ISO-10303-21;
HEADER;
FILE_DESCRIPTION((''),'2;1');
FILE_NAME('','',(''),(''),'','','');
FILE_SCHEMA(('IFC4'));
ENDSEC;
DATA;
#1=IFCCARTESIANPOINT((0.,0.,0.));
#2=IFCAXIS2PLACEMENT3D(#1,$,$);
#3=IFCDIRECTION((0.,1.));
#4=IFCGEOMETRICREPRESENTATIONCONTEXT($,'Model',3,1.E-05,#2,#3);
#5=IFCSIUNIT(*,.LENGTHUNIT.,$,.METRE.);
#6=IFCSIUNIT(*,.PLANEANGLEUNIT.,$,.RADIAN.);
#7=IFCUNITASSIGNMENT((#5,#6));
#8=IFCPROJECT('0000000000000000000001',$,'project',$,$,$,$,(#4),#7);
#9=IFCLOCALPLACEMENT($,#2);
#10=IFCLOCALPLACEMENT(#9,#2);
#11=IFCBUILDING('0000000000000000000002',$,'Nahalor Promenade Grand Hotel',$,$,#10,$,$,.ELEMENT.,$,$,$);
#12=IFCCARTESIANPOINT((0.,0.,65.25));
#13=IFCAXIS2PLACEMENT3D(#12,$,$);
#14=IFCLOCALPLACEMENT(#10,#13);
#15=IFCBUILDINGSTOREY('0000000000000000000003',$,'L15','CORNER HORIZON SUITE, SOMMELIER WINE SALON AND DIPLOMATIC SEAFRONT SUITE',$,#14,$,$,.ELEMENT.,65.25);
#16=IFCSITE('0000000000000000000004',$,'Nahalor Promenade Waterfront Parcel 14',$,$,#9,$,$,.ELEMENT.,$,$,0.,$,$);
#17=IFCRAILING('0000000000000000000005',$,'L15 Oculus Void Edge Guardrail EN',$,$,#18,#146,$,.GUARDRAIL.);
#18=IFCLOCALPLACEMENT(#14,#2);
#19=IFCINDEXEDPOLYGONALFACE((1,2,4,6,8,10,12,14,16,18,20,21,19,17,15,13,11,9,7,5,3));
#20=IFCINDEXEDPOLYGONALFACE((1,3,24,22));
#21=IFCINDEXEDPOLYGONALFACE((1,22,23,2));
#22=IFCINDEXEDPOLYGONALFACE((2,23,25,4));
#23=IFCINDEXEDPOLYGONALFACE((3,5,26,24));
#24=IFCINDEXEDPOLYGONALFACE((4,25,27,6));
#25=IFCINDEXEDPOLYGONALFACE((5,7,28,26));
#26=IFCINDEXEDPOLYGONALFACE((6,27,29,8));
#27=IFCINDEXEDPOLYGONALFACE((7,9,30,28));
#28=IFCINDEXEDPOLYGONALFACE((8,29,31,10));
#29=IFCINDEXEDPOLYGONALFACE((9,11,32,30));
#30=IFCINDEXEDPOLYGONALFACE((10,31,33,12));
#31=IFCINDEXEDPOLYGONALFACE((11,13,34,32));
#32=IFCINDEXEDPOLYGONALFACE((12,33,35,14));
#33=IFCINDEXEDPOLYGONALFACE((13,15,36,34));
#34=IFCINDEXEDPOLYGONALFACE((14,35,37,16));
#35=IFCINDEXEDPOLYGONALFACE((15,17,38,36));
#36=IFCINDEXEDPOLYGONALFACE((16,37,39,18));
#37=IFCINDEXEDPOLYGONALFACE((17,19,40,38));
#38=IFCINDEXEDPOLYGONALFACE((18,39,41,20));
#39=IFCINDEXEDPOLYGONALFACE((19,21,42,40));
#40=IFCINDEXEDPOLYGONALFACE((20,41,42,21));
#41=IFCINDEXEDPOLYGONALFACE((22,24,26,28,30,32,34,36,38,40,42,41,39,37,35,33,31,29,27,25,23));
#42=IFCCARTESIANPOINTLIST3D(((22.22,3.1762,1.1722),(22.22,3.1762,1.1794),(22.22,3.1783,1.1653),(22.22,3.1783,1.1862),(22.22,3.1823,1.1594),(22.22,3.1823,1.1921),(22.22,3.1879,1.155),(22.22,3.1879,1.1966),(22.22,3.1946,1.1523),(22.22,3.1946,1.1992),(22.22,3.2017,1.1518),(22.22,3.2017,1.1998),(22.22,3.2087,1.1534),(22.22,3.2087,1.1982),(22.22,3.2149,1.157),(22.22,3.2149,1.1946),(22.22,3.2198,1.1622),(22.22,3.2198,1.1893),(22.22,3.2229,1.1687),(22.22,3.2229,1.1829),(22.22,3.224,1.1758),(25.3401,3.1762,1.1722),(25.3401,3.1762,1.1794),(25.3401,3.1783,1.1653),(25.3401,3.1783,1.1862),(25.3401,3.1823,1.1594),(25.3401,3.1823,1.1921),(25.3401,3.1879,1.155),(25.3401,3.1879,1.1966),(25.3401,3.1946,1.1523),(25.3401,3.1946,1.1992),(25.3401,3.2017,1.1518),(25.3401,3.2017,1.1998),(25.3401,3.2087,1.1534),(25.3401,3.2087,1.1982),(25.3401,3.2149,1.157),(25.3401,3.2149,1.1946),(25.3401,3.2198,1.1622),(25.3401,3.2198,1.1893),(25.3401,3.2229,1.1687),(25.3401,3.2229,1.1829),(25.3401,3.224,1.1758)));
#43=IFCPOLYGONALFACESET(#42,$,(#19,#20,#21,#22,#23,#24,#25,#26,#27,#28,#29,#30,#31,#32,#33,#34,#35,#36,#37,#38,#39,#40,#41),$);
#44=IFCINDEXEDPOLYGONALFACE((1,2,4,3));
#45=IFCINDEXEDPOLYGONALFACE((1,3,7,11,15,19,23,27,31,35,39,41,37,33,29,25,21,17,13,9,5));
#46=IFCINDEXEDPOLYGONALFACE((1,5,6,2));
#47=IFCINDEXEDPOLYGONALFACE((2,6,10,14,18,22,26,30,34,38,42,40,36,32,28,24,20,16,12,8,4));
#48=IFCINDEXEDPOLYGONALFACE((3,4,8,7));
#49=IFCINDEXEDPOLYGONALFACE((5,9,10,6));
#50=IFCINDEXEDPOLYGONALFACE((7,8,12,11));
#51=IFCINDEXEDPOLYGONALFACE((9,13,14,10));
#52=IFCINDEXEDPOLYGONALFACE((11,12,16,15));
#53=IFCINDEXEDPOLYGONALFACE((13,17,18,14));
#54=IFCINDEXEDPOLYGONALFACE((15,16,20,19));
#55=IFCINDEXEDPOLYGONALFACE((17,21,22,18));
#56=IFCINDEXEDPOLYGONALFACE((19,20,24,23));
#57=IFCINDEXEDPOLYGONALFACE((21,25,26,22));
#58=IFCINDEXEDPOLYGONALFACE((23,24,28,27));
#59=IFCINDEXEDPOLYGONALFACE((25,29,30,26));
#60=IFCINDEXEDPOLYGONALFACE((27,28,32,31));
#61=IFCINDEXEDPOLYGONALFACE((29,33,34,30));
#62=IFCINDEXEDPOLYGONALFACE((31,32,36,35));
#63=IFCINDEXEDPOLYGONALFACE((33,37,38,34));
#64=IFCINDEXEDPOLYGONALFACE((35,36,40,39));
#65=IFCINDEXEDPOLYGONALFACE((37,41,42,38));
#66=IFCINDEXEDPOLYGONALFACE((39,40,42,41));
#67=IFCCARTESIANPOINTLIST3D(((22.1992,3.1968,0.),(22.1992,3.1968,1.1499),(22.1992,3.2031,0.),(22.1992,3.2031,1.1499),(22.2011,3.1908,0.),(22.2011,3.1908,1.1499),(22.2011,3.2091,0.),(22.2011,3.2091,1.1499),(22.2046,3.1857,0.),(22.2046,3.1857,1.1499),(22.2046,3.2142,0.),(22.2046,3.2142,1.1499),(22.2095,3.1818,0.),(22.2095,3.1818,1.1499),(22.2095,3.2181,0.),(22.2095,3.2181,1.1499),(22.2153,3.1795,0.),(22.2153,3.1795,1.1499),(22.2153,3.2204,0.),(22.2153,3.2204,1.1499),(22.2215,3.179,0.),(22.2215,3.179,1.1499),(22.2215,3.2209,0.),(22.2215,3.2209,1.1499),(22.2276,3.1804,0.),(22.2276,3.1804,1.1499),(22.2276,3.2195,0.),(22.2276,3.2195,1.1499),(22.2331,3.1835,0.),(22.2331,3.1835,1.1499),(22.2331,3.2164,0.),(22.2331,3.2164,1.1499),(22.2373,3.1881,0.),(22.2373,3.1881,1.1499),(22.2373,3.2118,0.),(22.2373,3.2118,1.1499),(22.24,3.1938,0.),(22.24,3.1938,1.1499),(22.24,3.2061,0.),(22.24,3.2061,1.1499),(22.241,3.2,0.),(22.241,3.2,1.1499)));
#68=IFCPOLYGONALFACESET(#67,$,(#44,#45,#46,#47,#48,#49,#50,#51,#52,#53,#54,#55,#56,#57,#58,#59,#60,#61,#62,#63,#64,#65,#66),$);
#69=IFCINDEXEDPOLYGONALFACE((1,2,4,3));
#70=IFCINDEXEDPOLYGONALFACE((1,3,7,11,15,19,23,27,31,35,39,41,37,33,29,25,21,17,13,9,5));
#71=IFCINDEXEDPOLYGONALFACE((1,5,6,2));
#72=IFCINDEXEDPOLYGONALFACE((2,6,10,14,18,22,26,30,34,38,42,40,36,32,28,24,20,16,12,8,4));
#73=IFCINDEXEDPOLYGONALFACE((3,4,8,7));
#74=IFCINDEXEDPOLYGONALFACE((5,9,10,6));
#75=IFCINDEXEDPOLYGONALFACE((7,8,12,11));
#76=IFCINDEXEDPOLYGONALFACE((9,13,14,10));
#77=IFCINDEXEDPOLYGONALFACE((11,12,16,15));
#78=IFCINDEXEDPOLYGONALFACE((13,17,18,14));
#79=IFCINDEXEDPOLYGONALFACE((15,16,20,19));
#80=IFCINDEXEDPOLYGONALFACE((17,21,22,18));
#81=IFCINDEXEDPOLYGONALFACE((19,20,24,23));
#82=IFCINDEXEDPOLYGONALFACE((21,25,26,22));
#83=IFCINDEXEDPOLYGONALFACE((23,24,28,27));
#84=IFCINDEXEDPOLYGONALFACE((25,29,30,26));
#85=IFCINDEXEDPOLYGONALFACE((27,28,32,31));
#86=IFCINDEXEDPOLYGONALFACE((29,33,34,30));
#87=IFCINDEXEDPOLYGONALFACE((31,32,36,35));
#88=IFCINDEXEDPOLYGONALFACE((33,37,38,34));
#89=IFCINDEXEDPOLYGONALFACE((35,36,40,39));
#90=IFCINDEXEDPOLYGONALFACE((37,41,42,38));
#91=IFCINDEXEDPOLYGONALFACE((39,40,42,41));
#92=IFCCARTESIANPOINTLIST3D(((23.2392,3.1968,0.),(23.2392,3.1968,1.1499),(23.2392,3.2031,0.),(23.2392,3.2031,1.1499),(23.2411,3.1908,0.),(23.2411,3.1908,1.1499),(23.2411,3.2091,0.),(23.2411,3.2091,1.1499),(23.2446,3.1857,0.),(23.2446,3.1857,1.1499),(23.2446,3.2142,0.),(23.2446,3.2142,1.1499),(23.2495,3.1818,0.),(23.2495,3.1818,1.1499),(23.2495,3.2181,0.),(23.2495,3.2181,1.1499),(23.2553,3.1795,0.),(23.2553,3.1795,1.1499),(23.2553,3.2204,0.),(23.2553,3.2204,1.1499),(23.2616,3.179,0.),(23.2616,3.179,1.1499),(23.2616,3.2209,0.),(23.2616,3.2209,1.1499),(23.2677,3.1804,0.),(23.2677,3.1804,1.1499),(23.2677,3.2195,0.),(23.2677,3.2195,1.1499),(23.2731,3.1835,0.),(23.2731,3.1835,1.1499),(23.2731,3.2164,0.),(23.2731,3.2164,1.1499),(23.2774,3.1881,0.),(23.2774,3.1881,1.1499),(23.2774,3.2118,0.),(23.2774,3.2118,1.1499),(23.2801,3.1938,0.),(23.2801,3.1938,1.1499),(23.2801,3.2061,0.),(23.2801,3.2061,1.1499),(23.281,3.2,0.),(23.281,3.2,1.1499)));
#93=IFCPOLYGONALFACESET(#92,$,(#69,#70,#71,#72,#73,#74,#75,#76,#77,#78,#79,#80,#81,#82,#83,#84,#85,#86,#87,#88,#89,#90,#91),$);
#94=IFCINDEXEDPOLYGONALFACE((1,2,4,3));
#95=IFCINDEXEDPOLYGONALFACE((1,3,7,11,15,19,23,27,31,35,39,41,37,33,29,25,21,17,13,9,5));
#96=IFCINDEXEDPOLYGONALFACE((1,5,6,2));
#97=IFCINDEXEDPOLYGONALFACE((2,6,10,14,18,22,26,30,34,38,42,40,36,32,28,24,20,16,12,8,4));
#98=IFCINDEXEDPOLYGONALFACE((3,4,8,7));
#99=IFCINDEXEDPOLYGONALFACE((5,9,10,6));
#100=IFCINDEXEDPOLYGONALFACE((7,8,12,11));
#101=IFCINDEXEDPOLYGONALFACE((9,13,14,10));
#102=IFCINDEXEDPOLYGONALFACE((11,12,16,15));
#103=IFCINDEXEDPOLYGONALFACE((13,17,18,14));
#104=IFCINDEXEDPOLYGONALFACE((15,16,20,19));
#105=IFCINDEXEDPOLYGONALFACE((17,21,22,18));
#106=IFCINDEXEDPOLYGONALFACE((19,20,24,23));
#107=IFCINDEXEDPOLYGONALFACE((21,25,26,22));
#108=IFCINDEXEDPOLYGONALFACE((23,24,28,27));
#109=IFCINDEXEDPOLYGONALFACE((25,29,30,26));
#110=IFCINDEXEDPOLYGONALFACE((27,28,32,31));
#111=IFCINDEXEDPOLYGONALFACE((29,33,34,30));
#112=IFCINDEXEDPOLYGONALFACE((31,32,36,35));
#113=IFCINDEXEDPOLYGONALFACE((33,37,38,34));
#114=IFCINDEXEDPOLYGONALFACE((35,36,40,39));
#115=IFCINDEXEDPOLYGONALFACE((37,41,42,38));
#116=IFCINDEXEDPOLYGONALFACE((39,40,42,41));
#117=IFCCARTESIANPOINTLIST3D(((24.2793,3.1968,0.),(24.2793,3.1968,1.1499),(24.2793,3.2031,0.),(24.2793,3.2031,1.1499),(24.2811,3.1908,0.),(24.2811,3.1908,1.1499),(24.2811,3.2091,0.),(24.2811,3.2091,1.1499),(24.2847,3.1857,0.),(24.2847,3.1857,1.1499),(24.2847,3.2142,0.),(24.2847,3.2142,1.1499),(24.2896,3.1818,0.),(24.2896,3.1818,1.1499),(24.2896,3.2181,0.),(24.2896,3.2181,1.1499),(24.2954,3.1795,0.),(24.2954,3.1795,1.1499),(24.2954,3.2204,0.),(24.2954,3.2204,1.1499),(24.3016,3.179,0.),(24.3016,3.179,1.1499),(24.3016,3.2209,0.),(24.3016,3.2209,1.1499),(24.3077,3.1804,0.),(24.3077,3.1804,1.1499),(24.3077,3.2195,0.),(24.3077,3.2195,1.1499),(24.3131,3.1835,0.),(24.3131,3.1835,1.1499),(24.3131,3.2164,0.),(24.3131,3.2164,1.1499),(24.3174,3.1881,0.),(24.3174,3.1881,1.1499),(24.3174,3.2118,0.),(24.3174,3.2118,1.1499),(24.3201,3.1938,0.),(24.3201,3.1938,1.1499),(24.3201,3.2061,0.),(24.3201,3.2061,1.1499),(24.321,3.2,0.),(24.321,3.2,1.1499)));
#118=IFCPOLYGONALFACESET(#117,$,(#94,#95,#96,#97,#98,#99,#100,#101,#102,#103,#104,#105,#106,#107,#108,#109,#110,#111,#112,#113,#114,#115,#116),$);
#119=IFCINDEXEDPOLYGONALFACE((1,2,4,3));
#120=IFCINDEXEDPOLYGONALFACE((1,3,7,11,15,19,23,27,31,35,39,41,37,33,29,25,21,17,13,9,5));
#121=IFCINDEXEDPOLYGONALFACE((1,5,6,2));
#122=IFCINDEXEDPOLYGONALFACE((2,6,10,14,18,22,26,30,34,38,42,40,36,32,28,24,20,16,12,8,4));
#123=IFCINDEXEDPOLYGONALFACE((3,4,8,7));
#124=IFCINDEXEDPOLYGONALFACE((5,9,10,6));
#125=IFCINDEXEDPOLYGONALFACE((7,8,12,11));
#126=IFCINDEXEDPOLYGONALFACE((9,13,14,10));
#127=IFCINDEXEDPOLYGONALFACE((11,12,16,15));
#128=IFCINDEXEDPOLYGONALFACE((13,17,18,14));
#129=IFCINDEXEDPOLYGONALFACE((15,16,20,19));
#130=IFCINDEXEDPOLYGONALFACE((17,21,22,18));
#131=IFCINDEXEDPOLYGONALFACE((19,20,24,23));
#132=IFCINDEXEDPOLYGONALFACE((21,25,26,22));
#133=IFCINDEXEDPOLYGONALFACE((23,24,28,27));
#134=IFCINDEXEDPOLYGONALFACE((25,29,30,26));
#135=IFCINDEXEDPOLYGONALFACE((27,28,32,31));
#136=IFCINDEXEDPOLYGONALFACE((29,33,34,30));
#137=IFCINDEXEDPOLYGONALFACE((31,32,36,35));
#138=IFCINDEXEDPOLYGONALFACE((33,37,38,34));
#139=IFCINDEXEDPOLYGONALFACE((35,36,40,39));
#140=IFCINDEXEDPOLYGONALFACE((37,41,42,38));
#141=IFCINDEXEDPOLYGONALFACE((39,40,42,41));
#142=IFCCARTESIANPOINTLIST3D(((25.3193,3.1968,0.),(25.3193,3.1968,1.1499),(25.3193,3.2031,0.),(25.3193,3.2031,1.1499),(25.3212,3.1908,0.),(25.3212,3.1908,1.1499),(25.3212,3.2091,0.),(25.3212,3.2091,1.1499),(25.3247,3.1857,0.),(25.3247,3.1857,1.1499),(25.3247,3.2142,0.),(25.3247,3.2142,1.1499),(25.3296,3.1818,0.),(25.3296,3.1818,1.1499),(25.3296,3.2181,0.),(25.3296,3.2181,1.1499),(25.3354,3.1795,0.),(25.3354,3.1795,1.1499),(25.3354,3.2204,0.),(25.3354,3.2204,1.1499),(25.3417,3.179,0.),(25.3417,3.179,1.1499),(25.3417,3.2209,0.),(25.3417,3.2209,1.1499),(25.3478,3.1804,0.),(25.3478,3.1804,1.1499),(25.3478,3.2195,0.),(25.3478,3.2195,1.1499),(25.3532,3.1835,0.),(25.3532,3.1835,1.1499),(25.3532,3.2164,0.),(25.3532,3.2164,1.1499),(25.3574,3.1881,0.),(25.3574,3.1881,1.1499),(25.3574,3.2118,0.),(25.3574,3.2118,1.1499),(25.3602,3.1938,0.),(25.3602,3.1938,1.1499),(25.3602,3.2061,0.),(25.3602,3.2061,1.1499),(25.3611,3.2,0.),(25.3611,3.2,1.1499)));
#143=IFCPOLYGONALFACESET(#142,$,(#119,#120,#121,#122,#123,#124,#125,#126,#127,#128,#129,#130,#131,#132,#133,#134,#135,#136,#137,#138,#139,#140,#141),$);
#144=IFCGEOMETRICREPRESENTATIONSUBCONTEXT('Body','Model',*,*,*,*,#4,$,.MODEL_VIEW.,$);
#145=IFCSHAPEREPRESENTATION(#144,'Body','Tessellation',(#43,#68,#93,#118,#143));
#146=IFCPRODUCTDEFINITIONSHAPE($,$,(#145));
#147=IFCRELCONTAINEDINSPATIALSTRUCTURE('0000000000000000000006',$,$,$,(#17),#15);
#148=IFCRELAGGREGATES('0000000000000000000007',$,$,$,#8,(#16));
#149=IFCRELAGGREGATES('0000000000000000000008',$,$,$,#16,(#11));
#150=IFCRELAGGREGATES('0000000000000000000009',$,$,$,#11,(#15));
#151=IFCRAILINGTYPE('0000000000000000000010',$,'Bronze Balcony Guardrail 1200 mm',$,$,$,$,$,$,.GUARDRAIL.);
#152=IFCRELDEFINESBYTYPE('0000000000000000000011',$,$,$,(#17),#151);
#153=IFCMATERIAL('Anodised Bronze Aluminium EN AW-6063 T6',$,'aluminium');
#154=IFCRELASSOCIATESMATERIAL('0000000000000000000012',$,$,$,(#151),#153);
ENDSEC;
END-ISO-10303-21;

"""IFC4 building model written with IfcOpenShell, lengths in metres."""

from ifc_helpers import new_model, si_unit, direction, frame, origin, origin_2d, place, context, subcontext, project, spatial, circle, extrude, material, type_object, element, save


model = new_model("IFC4")

# Units and contexts
model_context = context("Model", 3, precision=1e-05, world=origin(), true_north=direction((0.0, 1.0)))
body_context = subcontext(model_context, "Body", "Model", "MODEL_VIEW")
ifc_project = project(units=[si_unit("LENGTHUNIT", "METRE"), si_unit("PLANEANGLEUNIT", "RADIAN")], contexts=[model_context])

# Site, building, storey
site_placement = place(None, origin())
site = spatial("IfcSite", under=ifc_project, at=site_placement, Name="Nahalor Promenade Waterfront Parcel 14", CompositionType="ELEMENT", RefElevation=0.0)
building_placement = place(site_placement, origin())
building = spatial("IfcBuilding", under=site, at=building_placement, Name="Nahalor Promenade Grand Hotel", CompositionType="ELEMENT")
storey_placement = place(building_placement, frame((0.0, 0.0, 65.25)))
storey = spatial("IfcBuildingStorey", under=building, at=storey_placement, Name="L15", Description="CORNER HORIZON SUITE, SOMMELIER WINE SALON AND DIPLOMATIC SEAFRONT SUITE", CompositionType="ELEMENT", Elevation=65.25)

# Shared definitions
ifc_material_1 = material(Name="Anodised Bronze Aluminium EN AW-6063 T6", Category="aluminium")

# Railing
railing_type = type_object("IfcRailingType", Name="Bronze Balcony Guardrail 1200 mm", PredefinedType="GUARDRAIL", material=ifc_material_1)
for number, where, name in (
    (1, (22.22, 3.2, 0.0), "L15 Oculus Void Edge Guardrail EN"),
):
    element("IfcRailing", number, at=place(storey_placement, frame(where)), inside=storey, type_object=railing_type, Name=name, PredefinedType="GUARDRAIL", context=body_context, shape_type="SweptSolid", body=[
        extrude(circle(Radius=0.024, at=origin_2d()), frame((0.0, 0.0, 1.1758), z_axis=(1.0, 0.0, 0.0), x_axis=(0.0, 1.0, 0.0)), (0.0, 0.0, 1.0), 3.1201),
        extrude(circle(Radius=0.021, at=origin_2d()), origin(), (0.0, 0.0, 1.0), 1.1499),
        extrude(circle(Radius=0.021, at=origin_2d()), frame((1.04, 0.0, 0.0)), (0.0, 0.0, 1.0), 1.1499),
        extrude(circle(Radius=0.021, at=origin_2d()), frame((2.0801, 0.0, 0.0)), (0.0, 0.0, 1.0), 1.1499),
        extrude(circle(Radius=0.021, at=origin_2d()), frame((3.1201, 0.0, 0.0)), (0.0, 0.0, 1.0), 1.1499),
    ])

save(model, "model.ifc")
